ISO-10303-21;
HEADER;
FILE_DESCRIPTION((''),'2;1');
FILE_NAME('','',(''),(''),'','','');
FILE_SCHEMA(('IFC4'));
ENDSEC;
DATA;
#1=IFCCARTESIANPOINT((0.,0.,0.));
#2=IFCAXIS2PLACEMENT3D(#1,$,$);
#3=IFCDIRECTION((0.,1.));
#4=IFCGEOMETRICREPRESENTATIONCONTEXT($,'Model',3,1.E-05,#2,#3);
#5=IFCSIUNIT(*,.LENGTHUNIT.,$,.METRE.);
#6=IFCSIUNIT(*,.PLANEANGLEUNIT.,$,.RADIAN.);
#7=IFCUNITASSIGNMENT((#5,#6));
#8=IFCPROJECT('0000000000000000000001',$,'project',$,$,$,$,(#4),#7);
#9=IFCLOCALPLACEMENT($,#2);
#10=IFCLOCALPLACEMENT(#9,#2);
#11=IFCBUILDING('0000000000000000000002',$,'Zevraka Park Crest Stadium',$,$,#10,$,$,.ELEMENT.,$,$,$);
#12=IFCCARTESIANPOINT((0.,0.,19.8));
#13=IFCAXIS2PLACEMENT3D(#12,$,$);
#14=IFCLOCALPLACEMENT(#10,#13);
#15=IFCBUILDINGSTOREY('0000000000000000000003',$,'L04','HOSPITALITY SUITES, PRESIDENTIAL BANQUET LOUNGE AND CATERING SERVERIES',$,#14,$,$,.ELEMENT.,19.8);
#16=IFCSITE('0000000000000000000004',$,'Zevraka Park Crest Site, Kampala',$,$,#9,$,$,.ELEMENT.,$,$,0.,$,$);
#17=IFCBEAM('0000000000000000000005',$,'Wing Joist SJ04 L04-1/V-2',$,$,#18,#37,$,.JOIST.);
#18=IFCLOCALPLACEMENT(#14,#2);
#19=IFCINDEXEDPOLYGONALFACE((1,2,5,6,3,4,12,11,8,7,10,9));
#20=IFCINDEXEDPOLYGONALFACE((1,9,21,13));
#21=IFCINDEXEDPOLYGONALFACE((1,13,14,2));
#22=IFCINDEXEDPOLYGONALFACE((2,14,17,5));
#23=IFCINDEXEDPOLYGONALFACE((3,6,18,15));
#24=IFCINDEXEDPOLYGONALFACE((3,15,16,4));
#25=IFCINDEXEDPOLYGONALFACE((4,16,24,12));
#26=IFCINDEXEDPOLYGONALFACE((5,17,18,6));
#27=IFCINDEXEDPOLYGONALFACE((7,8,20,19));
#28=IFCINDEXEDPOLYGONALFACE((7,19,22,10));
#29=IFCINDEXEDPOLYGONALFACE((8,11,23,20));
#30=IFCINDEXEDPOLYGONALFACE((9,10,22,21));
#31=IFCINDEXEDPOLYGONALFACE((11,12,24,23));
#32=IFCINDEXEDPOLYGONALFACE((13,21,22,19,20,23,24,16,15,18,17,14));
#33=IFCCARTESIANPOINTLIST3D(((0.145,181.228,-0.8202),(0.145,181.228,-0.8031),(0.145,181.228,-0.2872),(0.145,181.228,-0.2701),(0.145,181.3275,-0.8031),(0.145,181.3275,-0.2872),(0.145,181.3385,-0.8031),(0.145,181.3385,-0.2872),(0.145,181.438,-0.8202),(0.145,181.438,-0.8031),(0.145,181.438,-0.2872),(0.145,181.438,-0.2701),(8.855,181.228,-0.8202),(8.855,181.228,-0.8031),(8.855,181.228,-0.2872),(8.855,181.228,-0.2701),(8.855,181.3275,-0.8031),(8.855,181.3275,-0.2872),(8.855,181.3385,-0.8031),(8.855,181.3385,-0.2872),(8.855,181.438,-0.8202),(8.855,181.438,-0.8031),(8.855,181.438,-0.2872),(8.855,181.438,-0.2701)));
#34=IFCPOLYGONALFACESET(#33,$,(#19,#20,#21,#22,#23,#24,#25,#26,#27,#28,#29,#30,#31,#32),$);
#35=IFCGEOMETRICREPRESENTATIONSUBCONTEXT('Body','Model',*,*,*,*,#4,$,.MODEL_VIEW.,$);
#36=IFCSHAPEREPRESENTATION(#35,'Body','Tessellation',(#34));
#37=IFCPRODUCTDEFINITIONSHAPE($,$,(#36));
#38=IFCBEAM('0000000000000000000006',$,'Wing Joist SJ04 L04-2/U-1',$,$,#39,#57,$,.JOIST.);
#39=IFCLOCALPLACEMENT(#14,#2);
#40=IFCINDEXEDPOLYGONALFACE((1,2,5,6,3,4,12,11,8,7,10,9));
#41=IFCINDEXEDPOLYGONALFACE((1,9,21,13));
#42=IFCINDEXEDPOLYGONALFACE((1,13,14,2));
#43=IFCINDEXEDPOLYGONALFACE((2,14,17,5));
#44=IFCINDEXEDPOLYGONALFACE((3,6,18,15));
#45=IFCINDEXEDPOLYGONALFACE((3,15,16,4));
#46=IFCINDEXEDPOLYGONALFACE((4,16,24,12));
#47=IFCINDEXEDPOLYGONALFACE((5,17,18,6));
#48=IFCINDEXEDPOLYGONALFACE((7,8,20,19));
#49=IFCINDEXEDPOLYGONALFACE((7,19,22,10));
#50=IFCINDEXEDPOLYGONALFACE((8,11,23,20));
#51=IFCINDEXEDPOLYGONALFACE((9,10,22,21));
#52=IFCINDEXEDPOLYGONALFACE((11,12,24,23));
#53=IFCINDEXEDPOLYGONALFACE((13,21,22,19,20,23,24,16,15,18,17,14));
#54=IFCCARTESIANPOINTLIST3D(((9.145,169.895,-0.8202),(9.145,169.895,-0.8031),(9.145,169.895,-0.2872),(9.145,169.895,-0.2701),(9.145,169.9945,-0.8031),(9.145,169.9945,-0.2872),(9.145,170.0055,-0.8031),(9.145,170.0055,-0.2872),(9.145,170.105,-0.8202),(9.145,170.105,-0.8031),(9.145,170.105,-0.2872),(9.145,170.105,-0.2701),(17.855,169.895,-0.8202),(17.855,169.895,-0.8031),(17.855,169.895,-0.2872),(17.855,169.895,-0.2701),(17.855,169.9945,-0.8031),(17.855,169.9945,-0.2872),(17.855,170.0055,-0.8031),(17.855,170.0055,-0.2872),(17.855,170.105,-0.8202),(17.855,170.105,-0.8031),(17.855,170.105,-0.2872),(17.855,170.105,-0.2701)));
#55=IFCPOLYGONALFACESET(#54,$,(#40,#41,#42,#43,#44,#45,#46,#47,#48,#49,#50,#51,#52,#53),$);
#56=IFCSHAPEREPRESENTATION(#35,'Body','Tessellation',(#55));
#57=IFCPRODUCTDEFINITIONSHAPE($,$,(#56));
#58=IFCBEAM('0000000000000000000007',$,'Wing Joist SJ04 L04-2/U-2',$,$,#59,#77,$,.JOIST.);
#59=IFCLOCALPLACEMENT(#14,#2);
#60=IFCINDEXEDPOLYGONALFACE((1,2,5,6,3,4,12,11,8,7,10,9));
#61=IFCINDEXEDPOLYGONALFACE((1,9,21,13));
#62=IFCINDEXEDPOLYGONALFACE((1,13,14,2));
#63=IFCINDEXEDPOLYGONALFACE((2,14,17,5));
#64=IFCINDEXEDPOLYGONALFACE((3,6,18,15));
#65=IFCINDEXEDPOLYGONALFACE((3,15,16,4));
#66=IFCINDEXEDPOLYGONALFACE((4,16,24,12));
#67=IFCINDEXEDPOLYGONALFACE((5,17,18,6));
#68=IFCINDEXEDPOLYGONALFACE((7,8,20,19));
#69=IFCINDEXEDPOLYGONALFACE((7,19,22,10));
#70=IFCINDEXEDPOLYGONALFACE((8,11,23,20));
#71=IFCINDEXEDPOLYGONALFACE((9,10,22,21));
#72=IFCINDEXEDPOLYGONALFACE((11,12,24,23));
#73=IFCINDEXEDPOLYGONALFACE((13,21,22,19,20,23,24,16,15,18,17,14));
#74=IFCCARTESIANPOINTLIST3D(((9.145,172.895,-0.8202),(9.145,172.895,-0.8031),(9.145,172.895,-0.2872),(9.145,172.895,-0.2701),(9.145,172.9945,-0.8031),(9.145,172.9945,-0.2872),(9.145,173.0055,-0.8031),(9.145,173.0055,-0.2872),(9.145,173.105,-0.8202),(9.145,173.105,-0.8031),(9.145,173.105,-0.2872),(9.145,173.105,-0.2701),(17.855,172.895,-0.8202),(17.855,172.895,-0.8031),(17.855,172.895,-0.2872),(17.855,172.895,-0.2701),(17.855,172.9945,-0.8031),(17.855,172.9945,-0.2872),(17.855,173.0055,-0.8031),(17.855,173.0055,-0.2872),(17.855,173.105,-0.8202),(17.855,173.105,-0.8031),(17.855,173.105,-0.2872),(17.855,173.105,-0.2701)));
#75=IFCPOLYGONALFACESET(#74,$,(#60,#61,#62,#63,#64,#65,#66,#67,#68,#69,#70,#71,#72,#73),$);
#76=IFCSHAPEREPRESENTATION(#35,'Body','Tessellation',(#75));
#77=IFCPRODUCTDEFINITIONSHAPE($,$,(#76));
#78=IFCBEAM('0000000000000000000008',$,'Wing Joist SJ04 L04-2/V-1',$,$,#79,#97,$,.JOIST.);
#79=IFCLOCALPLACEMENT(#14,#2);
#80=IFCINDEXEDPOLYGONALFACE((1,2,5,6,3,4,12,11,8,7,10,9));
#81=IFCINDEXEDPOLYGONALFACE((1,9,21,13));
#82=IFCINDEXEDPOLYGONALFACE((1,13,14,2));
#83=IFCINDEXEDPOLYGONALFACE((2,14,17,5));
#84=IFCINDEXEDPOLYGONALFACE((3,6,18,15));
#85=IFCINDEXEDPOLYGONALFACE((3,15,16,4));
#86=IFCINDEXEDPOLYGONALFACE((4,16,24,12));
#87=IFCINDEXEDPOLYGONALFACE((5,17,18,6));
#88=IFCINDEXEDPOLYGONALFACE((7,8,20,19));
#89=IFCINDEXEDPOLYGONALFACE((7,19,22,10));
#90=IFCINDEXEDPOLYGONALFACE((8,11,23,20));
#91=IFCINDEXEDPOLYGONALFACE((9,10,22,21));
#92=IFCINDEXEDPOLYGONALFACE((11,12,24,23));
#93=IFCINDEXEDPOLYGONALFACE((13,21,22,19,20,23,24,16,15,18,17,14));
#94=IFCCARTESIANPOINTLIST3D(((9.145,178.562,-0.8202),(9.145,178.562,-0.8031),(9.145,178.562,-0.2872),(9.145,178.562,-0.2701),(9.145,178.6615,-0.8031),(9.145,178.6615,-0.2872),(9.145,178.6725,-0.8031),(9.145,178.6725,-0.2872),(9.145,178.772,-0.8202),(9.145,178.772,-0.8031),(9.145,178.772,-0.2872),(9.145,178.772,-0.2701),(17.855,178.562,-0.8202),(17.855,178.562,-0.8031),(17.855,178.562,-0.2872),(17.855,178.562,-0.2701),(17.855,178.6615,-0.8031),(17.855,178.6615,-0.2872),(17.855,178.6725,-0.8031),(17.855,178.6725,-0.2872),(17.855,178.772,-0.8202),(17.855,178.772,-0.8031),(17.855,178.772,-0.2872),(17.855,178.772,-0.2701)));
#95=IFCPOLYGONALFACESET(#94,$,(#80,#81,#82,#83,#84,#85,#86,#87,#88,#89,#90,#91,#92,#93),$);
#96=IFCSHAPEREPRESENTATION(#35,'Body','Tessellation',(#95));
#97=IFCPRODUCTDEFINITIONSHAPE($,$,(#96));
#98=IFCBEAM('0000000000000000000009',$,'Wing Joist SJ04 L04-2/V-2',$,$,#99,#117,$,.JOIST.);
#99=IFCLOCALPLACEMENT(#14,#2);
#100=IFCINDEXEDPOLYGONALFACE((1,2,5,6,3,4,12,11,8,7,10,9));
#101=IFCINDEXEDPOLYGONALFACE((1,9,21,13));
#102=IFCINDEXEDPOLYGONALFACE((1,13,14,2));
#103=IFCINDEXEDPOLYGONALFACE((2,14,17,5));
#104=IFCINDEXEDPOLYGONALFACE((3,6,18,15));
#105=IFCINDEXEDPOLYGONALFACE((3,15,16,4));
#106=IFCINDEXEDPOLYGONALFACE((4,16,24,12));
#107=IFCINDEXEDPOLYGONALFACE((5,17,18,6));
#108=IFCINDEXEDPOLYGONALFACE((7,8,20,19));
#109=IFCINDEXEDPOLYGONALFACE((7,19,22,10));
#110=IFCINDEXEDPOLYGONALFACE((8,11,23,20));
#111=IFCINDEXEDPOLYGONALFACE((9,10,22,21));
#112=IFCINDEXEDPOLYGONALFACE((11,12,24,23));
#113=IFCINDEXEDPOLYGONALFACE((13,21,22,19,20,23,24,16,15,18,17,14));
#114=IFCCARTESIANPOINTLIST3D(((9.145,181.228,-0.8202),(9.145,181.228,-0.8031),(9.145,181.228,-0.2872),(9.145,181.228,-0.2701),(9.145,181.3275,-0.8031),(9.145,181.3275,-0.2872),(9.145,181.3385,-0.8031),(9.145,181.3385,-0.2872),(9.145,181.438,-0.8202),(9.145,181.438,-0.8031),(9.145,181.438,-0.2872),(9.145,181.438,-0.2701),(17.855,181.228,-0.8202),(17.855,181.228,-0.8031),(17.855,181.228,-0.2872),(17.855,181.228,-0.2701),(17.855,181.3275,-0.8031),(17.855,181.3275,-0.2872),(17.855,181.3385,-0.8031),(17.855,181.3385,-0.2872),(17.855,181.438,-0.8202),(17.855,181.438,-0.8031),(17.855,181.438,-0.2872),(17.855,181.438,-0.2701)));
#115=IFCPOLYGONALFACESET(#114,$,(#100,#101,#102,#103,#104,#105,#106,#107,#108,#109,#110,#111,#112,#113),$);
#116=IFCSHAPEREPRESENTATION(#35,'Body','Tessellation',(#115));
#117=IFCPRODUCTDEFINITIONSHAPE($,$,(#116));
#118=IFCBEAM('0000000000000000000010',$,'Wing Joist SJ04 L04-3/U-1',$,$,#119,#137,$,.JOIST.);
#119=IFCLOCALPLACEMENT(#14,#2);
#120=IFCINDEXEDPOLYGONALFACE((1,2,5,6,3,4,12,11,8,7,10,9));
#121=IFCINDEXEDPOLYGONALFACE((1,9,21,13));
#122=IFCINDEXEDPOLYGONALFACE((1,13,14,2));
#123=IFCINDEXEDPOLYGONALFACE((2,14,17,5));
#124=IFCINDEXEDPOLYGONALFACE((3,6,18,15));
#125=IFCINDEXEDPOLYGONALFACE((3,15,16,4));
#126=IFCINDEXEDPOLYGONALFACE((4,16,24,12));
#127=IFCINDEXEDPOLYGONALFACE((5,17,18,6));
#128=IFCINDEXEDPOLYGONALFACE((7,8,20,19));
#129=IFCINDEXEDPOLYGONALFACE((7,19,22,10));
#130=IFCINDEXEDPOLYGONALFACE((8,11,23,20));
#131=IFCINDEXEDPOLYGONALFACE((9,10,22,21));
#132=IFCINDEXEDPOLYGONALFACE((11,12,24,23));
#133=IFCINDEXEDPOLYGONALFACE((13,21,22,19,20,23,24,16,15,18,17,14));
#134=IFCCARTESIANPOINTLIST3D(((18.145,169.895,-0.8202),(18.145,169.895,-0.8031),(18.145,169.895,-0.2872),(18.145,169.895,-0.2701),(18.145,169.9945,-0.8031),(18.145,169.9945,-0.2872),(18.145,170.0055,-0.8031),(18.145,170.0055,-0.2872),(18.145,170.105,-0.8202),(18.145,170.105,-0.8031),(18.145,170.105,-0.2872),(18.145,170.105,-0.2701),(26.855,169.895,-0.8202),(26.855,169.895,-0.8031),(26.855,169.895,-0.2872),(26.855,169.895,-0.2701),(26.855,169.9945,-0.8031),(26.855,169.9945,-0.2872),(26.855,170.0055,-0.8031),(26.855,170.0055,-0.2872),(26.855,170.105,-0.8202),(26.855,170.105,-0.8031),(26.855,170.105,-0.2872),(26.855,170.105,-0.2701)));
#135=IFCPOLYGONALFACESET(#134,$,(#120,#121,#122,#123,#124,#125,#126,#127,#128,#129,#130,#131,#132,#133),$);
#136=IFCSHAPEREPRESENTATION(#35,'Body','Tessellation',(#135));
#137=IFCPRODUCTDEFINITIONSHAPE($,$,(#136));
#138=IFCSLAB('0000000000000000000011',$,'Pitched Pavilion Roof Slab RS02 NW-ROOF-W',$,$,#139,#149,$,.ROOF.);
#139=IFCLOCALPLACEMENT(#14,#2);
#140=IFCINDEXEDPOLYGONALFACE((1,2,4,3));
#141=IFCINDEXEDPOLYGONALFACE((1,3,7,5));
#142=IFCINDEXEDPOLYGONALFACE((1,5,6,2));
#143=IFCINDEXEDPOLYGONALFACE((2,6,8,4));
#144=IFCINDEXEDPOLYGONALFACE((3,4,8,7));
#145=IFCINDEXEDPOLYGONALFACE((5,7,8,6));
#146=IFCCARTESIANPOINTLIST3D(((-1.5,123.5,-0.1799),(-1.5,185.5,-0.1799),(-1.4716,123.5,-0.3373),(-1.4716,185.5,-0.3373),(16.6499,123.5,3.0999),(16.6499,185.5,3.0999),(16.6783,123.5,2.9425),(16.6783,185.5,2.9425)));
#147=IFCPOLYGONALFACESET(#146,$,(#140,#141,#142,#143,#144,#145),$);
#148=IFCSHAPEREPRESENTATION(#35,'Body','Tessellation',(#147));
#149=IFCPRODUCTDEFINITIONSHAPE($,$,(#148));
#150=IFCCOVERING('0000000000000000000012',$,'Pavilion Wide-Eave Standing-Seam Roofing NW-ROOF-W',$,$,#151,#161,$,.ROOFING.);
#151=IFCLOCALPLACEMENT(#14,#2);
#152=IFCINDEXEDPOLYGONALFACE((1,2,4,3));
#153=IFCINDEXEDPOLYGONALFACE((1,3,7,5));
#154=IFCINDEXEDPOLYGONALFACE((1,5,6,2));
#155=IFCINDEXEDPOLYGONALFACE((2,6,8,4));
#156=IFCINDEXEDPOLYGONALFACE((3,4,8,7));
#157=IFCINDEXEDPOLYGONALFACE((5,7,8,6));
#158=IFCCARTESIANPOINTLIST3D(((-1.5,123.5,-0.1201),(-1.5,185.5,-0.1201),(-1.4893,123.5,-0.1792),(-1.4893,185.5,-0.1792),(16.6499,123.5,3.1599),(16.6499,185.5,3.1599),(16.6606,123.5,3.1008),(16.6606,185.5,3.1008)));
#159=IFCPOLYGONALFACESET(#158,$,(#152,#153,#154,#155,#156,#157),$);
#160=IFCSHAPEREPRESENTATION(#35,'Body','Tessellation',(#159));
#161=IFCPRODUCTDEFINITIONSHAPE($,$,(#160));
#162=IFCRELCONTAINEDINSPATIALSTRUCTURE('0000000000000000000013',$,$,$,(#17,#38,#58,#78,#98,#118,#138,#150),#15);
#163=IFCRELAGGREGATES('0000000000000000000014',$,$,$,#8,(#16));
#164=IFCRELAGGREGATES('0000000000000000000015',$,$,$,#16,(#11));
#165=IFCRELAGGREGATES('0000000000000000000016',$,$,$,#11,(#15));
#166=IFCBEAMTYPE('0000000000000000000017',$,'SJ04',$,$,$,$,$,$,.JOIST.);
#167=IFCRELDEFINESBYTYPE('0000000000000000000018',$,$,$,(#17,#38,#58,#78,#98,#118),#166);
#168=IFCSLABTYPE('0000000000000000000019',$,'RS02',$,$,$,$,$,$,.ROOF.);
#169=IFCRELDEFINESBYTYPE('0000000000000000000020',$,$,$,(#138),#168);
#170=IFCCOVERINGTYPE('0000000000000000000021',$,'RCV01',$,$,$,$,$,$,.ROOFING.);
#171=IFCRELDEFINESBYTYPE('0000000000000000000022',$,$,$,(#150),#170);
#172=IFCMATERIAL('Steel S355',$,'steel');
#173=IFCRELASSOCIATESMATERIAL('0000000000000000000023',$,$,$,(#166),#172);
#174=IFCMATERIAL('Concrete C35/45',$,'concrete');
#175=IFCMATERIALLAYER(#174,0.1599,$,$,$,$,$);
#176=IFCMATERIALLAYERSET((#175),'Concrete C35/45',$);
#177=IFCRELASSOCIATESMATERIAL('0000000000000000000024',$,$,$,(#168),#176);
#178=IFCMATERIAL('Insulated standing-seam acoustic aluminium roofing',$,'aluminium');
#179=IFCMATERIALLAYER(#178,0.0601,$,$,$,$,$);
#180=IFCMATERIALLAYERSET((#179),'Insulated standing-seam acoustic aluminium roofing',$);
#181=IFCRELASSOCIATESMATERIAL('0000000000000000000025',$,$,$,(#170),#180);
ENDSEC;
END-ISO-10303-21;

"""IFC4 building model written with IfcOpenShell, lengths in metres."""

from ifc_helpers import new_model, si_unit, direction, frame, origin, origin_2d, place, context, subcontext, project, spatial, polyline, i_section, outline, extrude, material, layer, layer_set, material_profile, profile_set, type_object, element, save


model = new_model("IFC4")

# Units and contexts
model_context = context("Model", 3, precision=1e-05, world=origin(), true_north=direction((0.0, 1.0)))
body_context = subcontext(model_context, "Body", "Model", "MODEL_VIEW")
ifc_project = project(units=[si_unit("LENGTHUNIT", "METRE"), si_unit("PLANEANGLEUNIT", "RADIAN")], contexts=[model_context])

# Site, building, storey
site_placement = place(None, origin())
site = spatial("IfcSite", under=ifc_project, at=site_placement, Name="Zevraka Park Crest Site, Kampala", CompositionType="ELEMENT", RefElevation=0.0)
building_placement = place(site_placement, origin())
building = spatial("IfcBuilding", under=site, at=building_placement, Name="Zevraka Park Crest Stadium", CompositionType="ELEMENT")
storey_placement = place(building_placement, frame((0.0, 0.0, 19.8)))
storey = spatial("IfcBuildingStorey", under=building, at=storey_placement, Name="L04", Description="HOSPITALITY SUITES, PRESIDENTIAL BANQUET LOUNGE AND CATERING SERVERIES", CompositionType="ELEMENT", Elevation=19.8)

# Beams
ifc_material_1 = material(Name="Steel S355", Category="steel")
ifc_material_profile_1 = material_profile(ifc_material_1, i_section(OverallWidth=0.21, OverallDepth=0.55, WebThickness=0.011, FlangeThickness=0.0171, at=origin_2d()), Name="IPE 550")
ifc_profile_set_1 = profile_set([ifc_material_profile_1], Name="Steel S355")
beam_type_1 = type_object("IfcBeamType", Name="SJ04", PredefinedType="JOIST", material=ifc_profile_set_1)
for number, where, z_axis, x_axis, name in (
    (1, (0.145, 181.333, -0.5452), (1.0, 0.0, 0.0), (0.0, 1.0, 0.0), "Wing Joist SJ04 L04-1/V-2"),
    (2, (9.145, 170.0, -0.5452), (1.0, 0.0, 0.0), (0.0, 1.0, 0.0), "Wing Joist SJ04 L04-2/U-1"),
    (3, (9.145, 173.0, -0.5452), (1.0, 0.0, 0.0), (0.0, 1.0, 0.0), "Wing Joist SJ04 L04-2/U-2"),
    (4, (9.145, 178.667, -0.5452), (1.0, 0.0, 0.0), (0.0, 1.0, 0.0), "Wing Joist SJ04 L04-2/V-1"),
    (5, (9.145, 181.333, -0.5452), (1.0, 0.0, 0.0), (0.0, 1.0, 0.0), "Wing Joist SJ04 L04-2/V-2"),
    (6, (18.145, 170.0, -0.5452), (1.0, 0.0, 0.0), (0.0, 1.0, 0.0), "Wing Joist SJ04 L04-3/U-1"),
):
    element("IfcBeam", number, at=place(storey_placement, frame(where, z_axis=z_axis, x_axis=x_axis)), inside=storey, type_object=beam_type_1, Name=name, PredefinedType="JOIST", context=body_context, shape_type="SweptSolid", body=[
        extrude(i_section(OverallWidth=0.21, OverallDepth=0.55, WebThickness=0.011, FlangeThickness=0.0171, at=origin_2d()), origin(), (0.0, 0.0, 1.0), 8.71),
    ])

# Slab
ifc_material_2 = material(Name="Concrete C35/45", Category="concrete")
ifc_layer_1 = layer(ifc_material_2, 0.1599)
ifc_layer_set_1 = layer_set([ifc_layer_1], Name="Concrete C35/45")
slab_type = type_object("IfcSlabType", Name="RS02", PredefinedType="ROOF", material=ifc_layer_set_1)
slab_placement = place(storey_placement, frame((-1.5, 185.5, -0.1799), z_axis=(-0.177825, 0.0, 0.984062), x_axis=(0.0, -1.0, 0.0)))
element("IfcSlab", 7, at=slab_placement, inside=storey, type_object=slab_type, Name="Pitched Pavilion Roof Slab RS02 NW-ROOF-W", PredefinedType="ROOF", context=body_context, shape_type="SweptSolid", body=[
    extrude(outline(polyline([(0.0, 0.0), (62.0, 0.0), (62.0, 18.4439), (0.0, 18.4439), (0.0, 0.0)])), origin(), (0.0, 0.0, -1.0), 0.1599),
])

# Covering
ifc_material_3 = material(Name="Insulated standing-seam acoustic aluminium roofing", Category="aluminium")
ifc_layer_2 = layer(ifc_material_3, 0.0601)
ifc_layer_set_2 = layer_set([ifc_layer_2], Name="Insulated standing-seam acoustic aluminium roofing")
covering_type = type_object("IfcCoveringType", Name="RCV01", PredefinedType="ROOFING", material=ifc_layer_set_2)
covering_placement = place(storey_placement, frame((-1.5, 185.5, -0.1201), z_axis=(-0.177838, 0.0, 0.98406), x_axis=(0.0, -1.0, 0.0)))
element("IfcCovering", 8, at=covering_placement, inside=storey, type_object=covering_type, Name="Pavilion Wide-Eave Standing-Seam Roofing NW-ROOF-W", PredefinedType="ROOFING", context=body_context, shape_type="SweptSolid", body=[
    extrude(outline(polyline([(0.0, 0.0), (62.0, 0.0), (62.0, 18.4439), (0.0, 18.4439), (0.0, 0.0)])), origin(), (0.0, 0.0, -1.0), 0.0601),
])

save(model, "model.ifc")
